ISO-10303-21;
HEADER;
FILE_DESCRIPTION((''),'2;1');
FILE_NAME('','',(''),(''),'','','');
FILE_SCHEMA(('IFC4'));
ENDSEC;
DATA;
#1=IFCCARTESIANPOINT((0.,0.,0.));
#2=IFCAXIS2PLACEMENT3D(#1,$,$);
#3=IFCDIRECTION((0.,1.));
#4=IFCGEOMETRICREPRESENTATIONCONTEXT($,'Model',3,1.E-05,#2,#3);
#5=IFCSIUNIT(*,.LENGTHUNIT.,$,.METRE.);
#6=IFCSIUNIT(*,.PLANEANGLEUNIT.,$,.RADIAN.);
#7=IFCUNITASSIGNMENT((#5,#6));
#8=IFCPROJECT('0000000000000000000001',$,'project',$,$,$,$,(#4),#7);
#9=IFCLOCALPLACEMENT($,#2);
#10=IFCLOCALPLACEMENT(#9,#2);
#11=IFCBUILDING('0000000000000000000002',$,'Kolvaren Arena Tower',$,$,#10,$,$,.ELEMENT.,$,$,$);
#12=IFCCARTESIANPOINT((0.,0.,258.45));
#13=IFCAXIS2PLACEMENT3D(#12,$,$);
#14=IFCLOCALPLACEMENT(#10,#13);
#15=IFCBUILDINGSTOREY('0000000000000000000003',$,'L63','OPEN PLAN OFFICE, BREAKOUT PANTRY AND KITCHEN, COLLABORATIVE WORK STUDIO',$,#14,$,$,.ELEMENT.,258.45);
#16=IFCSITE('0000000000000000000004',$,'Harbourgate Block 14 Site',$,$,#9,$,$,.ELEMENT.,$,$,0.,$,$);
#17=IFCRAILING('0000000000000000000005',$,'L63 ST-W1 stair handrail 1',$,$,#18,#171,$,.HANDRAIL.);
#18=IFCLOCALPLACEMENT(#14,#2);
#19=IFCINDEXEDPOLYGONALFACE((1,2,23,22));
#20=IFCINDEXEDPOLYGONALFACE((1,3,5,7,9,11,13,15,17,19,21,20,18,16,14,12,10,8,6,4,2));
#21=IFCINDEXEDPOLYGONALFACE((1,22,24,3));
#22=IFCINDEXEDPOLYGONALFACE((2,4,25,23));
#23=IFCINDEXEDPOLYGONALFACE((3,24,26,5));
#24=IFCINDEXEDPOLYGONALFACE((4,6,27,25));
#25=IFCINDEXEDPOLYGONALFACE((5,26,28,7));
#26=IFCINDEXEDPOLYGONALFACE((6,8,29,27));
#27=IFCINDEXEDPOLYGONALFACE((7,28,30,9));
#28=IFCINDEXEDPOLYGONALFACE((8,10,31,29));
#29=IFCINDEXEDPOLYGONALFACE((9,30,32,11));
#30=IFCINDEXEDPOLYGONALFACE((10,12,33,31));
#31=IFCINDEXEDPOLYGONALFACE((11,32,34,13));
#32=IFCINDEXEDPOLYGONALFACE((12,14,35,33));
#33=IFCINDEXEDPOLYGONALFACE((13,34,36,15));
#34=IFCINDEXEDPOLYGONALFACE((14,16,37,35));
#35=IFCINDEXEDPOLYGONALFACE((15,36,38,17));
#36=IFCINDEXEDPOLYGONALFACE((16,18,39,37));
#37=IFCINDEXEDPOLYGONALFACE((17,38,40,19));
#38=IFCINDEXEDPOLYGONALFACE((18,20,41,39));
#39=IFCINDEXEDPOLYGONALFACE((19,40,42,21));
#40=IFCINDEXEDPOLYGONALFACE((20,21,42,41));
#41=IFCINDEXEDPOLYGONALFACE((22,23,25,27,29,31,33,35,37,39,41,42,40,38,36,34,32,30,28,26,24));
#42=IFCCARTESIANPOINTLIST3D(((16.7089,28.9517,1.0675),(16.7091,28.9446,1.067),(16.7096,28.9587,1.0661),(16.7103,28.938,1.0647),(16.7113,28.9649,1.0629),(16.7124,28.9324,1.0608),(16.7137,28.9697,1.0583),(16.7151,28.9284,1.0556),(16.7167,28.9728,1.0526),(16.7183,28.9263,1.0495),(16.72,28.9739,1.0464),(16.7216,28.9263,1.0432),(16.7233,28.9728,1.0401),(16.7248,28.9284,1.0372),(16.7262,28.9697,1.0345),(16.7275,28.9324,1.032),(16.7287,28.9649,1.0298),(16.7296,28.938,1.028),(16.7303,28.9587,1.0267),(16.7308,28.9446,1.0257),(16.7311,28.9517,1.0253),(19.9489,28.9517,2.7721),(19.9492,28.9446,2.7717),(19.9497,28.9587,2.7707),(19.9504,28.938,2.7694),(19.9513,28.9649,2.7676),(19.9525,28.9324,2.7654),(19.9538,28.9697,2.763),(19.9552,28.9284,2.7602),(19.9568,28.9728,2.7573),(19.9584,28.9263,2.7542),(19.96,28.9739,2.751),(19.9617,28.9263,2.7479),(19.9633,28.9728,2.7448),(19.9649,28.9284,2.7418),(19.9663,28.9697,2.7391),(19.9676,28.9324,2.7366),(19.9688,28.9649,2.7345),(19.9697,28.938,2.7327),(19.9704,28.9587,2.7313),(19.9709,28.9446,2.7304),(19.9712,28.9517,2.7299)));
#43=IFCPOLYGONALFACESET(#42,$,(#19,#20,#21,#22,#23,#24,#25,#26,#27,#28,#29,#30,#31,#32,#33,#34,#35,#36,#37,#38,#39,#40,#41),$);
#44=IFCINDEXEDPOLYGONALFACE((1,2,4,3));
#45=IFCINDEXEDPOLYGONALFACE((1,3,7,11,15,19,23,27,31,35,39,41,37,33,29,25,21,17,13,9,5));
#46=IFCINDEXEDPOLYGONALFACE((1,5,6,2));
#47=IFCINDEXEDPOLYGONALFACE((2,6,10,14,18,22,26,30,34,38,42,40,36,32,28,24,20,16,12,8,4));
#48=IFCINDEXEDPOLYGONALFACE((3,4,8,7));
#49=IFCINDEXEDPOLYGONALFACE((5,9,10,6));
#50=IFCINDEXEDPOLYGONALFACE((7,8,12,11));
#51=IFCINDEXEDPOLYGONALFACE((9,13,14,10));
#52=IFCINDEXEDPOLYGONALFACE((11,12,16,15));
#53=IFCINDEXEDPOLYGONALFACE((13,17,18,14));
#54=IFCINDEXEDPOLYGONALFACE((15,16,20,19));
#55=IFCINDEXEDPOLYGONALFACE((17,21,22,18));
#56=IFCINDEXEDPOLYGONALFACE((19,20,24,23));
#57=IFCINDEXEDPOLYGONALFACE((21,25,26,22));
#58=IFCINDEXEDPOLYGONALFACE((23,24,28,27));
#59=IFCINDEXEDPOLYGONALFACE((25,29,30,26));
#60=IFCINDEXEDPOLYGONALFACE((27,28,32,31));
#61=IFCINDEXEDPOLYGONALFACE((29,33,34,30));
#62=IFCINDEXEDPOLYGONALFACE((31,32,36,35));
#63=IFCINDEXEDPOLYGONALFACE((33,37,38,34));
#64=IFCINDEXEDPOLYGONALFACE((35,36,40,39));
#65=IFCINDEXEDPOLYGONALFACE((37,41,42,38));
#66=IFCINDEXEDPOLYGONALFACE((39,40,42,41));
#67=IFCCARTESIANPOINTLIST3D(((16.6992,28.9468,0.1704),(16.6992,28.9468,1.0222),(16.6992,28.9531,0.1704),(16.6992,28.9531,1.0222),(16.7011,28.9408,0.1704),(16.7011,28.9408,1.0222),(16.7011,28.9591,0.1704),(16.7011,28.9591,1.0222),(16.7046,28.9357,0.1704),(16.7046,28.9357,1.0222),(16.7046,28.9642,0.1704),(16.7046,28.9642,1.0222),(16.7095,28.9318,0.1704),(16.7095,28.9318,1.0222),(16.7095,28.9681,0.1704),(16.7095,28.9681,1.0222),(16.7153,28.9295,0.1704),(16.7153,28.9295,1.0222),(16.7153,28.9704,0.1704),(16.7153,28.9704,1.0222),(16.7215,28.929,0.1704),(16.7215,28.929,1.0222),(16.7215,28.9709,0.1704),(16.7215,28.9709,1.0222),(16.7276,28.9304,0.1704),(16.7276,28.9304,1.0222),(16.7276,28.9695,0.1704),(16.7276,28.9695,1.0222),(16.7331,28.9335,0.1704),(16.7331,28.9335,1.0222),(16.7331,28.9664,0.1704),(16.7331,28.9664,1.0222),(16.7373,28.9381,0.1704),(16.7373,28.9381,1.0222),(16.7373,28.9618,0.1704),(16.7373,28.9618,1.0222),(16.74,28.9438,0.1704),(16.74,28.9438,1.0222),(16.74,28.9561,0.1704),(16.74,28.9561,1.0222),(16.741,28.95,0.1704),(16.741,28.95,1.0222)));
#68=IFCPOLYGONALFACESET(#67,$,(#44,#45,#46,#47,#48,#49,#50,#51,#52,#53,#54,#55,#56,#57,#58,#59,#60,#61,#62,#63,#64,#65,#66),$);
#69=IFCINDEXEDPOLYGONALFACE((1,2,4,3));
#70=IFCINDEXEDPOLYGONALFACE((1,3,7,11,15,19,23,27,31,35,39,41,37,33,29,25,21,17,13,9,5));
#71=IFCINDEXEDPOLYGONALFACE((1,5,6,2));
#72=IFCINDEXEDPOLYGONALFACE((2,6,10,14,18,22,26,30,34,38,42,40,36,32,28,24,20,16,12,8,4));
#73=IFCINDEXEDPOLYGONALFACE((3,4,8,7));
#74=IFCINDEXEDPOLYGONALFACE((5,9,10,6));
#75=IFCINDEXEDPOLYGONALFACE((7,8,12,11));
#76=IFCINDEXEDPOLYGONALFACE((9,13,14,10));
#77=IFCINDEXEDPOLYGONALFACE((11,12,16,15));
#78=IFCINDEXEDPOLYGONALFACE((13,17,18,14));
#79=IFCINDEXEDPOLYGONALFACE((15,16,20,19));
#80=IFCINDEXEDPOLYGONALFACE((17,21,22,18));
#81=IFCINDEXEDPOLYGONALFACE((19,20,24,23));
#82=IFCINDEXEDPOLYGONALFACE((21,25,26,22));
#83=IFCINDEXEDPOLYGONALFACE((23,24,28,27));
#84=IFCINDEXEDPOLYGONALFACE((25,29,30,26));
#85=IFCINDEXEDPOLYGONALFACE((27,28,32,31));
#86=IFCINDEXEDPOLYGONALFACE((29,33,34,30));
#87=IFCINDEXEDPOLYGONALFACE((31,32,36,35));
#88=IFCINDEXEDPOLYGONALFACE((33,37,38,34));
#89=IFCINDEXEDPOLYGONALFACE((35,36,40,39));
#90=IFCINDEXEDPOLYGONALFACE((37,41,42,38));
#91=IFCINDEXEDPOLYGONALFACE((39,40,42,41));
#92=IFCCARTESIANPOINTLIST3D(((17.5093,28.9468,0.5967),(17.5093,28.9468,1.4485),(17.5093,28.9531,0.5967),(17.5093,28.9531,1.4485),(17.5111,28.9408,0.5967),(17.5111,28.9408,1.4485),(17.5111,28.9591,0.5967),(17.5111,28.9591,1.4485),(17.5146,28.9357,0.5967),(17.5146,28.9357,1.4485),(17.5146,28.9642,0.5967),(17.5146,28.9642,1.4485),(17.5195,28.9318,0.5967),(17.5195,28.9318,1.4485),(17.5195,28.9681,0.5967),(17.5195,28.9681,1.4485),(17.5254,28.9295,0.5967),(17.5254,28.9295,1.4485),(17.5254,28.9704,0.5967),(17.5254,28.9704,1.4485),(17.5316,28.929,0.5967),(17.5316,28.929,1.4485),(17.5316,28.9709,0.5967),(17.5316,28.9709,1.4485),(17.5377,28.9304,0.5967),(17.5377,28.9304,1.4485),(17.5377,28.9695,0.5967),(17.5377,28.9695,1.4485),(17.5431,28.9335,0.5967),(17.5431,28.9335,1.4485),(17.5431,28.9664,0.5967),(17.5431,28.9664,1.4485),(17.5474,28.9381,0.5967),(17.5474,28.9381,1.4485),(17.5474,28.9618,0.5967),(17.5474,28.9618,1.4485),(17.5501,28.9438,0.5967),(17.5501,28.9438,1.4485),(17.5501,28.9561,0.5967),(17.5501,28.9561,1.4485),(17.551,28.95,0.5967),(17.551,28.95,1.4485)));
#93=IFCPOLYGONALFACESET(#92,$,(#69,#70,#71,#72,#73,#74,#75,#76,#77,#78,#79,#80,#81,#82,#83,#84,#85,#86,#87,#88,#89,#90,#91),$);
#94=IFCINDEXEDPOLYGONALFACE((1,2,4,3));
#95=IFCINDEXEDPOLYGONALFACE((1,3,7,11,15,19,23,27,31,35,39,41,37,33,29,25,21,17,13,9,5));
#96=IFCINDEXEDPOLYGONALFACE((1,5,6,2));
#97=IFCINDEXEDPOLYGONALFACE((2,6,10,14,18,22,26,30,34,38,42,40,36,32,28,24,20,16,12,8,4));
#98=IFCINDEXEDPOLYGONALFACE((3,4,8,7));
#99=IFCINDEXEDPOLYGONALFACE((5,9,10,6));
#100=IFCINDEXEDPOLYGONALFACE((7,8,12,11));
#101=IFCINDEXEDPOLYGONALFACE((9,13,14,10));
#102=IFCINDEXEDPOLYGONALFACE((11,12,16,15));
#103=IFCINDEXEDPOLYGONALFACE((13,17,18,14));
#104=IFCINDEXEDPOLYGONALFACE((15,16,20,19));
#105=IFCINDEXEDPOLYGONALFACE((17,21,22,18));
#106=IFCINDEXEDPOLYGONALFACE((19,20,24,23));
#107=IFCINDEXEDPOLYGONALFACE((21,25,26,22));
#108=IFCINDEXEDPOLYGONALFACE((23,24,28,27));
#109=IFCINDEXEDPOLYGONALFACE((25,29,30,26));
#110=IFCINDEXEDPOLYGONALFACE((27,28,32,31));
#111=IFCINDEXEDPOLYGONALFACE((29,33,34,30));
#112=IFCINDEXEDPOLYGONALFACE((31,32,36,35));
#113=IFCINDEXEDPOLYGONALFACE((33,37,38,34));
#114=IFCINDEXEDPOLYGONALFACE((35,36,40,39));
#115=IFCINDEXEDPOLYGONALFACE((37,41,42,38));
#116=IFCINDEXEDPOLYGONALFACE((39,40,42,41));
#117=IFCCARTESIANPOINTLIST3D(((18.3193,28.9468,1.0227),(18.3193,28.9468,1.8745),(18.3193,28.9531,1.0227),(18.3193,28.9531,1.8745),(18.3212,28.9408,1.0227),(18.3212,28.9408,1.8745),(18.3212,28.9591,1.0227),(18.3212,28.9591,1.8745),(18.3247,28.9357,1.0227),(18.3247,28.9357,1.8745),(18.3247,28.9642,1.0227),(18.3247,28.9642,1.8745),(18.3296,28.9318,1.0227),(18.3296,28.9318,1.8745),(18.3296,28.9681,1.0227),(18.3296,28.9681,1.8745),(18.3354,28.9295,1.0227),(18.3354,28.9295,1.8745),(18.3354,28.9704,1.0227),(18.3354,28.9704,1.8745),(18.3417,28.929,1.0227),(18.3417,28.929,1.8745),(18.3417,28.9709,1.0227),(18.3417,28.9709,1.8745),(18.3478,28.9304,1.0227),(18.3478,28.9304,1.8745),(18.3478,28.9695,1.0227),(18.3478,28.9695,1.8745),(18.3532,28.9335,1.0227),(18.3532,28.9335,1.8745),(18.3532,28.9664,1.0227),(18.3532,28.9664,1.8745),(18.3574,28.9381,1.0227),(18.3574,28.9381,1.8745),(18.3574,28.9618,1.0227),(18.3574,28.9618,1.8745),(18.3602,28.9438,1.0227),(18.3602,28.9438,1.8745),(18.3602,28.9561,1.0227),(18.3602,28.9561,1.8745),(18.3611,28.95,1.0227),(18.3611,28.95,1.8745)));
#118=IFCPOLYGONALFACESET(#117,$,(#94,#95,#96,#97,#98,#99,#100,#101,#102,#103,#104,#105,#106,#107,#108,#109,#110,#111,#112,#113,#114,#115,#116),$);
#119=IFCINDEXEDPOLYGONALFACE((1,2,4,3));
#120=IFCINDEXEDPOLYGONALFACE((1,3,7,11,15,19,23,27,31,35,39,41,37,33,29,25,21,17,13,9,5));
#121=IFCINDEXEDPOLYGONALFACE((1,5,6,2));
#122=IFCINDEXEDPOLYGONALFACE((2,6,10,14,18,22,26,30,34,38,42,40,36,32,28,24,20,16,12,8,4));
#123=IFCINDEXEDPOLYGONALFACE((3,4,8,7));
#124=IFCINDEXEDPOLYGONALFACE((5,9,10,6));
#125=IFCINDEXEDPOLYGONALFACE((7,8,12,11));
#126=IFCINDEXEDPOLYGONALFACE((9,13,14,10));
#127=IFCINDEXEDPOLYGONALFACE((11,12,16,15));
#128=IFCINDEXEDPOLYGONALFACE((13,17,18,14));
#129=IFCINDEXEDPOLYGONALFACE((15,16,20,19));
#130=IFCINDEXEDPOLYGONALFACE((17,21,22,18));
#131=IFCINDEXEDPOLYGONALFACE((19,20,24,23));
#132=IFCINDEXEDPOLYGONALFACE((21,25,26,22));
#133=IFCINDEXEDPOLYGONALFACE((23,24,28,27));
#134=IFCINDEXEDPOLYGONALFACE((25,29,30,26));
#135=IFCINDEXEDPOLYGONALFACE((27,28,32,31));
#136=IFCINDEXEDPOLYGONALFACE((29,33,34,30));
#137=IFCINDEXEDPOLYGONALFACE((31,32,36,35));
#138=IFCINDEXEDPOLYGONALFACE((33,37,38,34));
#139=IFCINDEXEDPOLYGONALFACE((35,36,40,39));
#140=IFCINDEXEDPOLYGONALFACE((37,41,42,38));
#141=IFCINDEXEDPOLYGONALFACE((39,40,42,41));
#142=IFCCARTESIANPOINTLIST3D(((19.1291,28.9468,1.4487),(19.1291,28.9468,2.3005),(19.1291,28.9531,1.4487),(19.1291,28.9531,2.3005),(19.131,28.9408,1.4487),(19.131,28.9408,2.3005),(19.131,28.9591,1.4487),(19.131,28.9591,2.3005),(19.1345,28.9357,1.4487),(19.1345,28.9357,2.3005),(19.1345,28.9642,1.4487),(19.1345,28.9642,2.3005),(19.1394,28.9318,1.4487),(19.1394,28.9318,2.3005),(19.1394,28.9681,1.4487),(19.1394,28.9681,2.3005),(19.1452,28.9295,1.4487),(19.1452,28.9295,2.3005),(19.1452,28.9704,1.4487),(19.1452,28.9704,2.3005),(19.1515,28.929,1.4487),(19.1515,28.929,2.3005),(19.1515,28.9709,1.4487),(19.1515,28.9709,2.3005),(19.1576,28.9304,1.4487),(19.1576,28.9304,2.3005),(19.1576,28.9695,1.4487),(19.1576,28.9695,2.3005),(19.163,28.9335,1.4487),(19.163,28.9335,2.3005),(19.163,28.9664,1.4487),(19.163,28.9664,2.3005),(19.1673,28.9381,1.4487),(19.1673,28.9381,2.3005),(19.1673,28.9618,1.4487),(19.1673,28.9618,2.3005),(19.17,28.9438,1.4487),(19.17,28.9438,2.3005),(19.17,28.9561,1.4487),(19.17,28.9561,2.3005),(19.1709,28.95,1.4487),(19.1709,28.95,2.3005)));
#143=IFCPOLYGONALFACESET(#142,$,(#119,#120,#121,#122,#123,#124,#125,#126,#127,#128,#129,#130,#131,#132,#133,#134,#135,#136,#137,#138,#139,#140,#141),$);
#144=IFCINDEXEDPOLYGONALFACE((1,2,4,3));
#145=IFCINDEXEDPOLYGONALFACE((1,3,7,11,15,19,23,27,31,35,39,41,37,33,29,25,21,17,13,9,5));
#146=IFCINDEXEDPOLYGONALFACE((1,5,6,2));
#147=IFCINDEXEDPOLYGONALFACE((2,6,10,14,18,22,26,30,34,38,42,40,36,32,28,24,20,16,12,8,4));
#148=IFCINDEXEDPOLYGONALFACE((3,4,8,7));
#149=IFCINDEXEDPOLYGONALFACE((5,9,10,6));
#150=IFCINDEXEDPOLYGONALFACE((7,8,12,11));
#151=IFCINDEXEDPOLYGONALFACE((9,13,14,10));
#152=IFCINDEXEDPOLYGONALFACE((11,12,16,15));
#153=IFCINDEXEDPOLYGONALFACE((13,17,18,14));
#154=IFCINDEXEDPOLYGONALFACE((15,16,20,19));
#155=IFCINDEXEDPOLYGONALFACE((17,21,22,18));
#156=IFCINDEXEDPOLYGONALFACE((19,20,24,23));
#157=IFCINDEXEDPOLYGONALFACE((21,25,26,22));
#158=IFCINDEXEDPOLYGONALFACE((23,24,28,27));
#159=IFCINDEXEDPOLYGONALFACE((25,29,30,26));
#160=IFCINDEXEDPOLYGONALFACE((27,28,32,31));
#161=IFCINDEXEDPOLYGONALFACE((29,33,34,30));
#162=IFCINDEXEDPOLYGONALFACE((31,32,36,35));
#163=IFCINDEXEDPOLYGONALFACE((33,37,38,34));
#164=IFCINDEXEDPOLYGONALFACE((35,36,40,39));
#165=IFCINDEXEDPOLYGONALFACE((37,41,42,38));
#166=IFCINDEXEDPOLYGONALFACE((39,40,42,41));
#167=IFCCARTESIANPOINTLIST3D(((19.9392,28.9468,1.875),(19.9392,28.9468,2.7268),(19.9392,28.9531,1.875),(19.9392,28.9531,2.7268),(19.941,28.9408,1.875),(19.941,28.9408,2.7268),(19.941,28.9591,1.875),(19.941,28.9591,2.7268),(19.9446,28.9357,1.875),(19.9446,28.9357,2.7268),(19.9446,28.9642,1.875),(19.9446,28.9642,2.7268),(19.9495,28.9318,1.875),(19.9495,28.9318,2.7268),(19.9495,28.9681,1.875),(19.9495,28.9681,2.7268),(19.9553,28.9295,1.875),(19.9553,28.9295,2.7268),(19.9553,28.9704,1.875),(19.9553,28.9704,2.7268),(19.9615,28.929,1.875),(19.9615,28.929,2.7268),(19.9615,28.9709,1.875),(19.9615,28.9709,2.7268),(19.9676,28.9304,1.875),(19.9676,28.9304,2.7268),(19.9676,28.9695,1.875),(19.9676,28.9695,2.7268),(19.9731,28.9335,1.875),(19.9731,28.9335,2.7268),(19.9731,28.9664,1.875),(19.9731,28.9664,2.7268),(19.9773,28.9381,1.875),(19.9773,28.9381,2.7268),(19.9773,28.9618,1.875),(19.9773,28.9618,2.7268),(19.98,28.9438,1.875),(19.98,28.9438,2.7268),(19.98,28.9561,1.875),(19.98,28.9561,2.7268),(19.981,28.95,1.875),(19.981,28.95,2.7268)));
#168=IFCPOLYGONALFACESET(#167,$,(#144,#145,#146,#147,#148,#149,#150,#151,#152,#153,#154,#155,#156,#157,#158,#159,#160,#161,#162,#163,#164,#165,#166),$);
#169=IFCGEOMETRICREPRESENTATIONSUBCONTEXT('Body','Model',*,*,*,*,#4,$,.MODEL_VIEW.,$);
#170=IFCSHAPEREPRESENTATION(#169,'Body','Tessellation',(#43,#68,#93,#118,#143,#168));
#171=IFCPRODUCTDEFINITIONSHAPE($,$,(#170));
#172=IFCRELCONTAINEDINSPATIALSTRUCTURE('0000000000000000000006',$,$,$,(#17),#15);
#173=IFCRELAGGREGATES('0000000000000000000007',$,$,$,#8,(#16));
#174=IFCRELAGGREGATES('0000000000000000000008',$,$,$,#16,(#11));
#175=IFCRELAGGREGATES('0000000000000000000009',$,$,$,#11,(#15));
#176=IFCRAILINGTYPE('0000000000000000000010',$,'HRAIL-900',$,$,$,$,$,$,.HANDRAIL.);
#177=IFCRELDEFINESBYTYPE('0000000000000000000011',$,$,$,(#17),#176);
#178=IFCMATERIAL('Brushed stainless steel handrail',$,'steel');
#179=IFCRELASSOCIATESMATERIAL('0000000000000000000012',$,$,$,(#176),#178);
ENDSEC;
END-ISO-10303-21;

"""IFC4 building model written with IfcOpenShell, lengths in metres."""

from ifc_helpers import new_model, si_unit, direction, frame, origin, origin_2d, place, context, subcontext, project, spatial, circle, extrude, material, type_object, element, save


model = new_model("IFC4")

# Units and contexts
model_context = context("Model", 3, precision=1e-05, world=origin(), true_north=direction((0.0, 1.0)))
body_context = subcontext(model_context, "Body", "Model", "MODEL_VIEW")
ifc_project = project(units=[si_unit("LENGTHUNIT", "METRE"), si_unit("PLANEANGLEUNIT", "RADIAN")], contexts=[model_context])

# Site, building, storey
site_placement = place(None, origin())
site = spatial("IfcSite", under=ifc_project, at=site_placement, Name="Harbourgate Block 14 Site", CompositionType="ELEMENT", RefElevation=0.0)
building_placement = place(site_placement, origin())
building = spatial("IfcBuilding", under=site, at=building_placement, Name="Kolvaren Arena Tower", CompositionType="ELEMENT")
storey_placement = place(building_placement, frame((0.0, 0.0, 258.45)))
storey = spatial("IfcBuildingStorey", under=building, at=storey_placement, Name="L63", Description="OPEN PLAN OFFICE, BREAKOUT PANTRY AND KITCHEN, COLLABORATIVE WORK STUDIO", CompositionType="ELEMENT", Elevation=258.45)

# Railing
ifc_material_1 = material(Name="Brushed stainless steel handrail", Category="steel")
railing_type_1 = type_object("IfcRailingType", Name="HRAIL-900", PredefinedType="HANDRAIL", material=ifc_material_1)
railing_1_placement = place(storey_placement, frame((16.72, 28.95, 0.1704)))
element("IfcRailing", 1, at=railing_1_placement, inside=storey, type_object=railing_type_1, Name="L63 ST-W1 stair handrail 1", PredefinedType="HANDRAIL", context=body_context, shape_type="SweptSolid", body=[
    extrude(circle(Radius=0.0239, at=origin_2d()), frame((0.0, 0.0, 0.876), z_axis=(0.884993, 0.0, 0.465604), x_axis=(0.0, 1.0, 0.0)), (0.0, 0.0, 1.0), 3.6611),
    extrude(circle(Radius=0.021, at=origin_2d()), origin(), (0.0, 0.0, 1.0), 0.8518),
    extrude(circle(Radius=0.021, at=origin_2d()), frame((0.8101, 0.0, 0.4263)), (0.0, 0.0, 1.0), 0.8518),
    extrude(circle(Radius=0.021, at=origin_2d()), frame((1.6201, 0.0, 0.8523)), (0.0, 0.0, 1.0), 0.8518),
    extrude(circle(Radius=0.021, at=origin_2d()), frame((2.4299, 0.0, 1.2783)), (0.0, 0.0, 1.0), 0.8518),
    extrude(circle(Radius=0.021, at=origin_2d()), frame((3.24, 0.0, 1.7046)), (0.0, 0.0, 1.0), 0.8518),
])

save(model, "model.ifc")
